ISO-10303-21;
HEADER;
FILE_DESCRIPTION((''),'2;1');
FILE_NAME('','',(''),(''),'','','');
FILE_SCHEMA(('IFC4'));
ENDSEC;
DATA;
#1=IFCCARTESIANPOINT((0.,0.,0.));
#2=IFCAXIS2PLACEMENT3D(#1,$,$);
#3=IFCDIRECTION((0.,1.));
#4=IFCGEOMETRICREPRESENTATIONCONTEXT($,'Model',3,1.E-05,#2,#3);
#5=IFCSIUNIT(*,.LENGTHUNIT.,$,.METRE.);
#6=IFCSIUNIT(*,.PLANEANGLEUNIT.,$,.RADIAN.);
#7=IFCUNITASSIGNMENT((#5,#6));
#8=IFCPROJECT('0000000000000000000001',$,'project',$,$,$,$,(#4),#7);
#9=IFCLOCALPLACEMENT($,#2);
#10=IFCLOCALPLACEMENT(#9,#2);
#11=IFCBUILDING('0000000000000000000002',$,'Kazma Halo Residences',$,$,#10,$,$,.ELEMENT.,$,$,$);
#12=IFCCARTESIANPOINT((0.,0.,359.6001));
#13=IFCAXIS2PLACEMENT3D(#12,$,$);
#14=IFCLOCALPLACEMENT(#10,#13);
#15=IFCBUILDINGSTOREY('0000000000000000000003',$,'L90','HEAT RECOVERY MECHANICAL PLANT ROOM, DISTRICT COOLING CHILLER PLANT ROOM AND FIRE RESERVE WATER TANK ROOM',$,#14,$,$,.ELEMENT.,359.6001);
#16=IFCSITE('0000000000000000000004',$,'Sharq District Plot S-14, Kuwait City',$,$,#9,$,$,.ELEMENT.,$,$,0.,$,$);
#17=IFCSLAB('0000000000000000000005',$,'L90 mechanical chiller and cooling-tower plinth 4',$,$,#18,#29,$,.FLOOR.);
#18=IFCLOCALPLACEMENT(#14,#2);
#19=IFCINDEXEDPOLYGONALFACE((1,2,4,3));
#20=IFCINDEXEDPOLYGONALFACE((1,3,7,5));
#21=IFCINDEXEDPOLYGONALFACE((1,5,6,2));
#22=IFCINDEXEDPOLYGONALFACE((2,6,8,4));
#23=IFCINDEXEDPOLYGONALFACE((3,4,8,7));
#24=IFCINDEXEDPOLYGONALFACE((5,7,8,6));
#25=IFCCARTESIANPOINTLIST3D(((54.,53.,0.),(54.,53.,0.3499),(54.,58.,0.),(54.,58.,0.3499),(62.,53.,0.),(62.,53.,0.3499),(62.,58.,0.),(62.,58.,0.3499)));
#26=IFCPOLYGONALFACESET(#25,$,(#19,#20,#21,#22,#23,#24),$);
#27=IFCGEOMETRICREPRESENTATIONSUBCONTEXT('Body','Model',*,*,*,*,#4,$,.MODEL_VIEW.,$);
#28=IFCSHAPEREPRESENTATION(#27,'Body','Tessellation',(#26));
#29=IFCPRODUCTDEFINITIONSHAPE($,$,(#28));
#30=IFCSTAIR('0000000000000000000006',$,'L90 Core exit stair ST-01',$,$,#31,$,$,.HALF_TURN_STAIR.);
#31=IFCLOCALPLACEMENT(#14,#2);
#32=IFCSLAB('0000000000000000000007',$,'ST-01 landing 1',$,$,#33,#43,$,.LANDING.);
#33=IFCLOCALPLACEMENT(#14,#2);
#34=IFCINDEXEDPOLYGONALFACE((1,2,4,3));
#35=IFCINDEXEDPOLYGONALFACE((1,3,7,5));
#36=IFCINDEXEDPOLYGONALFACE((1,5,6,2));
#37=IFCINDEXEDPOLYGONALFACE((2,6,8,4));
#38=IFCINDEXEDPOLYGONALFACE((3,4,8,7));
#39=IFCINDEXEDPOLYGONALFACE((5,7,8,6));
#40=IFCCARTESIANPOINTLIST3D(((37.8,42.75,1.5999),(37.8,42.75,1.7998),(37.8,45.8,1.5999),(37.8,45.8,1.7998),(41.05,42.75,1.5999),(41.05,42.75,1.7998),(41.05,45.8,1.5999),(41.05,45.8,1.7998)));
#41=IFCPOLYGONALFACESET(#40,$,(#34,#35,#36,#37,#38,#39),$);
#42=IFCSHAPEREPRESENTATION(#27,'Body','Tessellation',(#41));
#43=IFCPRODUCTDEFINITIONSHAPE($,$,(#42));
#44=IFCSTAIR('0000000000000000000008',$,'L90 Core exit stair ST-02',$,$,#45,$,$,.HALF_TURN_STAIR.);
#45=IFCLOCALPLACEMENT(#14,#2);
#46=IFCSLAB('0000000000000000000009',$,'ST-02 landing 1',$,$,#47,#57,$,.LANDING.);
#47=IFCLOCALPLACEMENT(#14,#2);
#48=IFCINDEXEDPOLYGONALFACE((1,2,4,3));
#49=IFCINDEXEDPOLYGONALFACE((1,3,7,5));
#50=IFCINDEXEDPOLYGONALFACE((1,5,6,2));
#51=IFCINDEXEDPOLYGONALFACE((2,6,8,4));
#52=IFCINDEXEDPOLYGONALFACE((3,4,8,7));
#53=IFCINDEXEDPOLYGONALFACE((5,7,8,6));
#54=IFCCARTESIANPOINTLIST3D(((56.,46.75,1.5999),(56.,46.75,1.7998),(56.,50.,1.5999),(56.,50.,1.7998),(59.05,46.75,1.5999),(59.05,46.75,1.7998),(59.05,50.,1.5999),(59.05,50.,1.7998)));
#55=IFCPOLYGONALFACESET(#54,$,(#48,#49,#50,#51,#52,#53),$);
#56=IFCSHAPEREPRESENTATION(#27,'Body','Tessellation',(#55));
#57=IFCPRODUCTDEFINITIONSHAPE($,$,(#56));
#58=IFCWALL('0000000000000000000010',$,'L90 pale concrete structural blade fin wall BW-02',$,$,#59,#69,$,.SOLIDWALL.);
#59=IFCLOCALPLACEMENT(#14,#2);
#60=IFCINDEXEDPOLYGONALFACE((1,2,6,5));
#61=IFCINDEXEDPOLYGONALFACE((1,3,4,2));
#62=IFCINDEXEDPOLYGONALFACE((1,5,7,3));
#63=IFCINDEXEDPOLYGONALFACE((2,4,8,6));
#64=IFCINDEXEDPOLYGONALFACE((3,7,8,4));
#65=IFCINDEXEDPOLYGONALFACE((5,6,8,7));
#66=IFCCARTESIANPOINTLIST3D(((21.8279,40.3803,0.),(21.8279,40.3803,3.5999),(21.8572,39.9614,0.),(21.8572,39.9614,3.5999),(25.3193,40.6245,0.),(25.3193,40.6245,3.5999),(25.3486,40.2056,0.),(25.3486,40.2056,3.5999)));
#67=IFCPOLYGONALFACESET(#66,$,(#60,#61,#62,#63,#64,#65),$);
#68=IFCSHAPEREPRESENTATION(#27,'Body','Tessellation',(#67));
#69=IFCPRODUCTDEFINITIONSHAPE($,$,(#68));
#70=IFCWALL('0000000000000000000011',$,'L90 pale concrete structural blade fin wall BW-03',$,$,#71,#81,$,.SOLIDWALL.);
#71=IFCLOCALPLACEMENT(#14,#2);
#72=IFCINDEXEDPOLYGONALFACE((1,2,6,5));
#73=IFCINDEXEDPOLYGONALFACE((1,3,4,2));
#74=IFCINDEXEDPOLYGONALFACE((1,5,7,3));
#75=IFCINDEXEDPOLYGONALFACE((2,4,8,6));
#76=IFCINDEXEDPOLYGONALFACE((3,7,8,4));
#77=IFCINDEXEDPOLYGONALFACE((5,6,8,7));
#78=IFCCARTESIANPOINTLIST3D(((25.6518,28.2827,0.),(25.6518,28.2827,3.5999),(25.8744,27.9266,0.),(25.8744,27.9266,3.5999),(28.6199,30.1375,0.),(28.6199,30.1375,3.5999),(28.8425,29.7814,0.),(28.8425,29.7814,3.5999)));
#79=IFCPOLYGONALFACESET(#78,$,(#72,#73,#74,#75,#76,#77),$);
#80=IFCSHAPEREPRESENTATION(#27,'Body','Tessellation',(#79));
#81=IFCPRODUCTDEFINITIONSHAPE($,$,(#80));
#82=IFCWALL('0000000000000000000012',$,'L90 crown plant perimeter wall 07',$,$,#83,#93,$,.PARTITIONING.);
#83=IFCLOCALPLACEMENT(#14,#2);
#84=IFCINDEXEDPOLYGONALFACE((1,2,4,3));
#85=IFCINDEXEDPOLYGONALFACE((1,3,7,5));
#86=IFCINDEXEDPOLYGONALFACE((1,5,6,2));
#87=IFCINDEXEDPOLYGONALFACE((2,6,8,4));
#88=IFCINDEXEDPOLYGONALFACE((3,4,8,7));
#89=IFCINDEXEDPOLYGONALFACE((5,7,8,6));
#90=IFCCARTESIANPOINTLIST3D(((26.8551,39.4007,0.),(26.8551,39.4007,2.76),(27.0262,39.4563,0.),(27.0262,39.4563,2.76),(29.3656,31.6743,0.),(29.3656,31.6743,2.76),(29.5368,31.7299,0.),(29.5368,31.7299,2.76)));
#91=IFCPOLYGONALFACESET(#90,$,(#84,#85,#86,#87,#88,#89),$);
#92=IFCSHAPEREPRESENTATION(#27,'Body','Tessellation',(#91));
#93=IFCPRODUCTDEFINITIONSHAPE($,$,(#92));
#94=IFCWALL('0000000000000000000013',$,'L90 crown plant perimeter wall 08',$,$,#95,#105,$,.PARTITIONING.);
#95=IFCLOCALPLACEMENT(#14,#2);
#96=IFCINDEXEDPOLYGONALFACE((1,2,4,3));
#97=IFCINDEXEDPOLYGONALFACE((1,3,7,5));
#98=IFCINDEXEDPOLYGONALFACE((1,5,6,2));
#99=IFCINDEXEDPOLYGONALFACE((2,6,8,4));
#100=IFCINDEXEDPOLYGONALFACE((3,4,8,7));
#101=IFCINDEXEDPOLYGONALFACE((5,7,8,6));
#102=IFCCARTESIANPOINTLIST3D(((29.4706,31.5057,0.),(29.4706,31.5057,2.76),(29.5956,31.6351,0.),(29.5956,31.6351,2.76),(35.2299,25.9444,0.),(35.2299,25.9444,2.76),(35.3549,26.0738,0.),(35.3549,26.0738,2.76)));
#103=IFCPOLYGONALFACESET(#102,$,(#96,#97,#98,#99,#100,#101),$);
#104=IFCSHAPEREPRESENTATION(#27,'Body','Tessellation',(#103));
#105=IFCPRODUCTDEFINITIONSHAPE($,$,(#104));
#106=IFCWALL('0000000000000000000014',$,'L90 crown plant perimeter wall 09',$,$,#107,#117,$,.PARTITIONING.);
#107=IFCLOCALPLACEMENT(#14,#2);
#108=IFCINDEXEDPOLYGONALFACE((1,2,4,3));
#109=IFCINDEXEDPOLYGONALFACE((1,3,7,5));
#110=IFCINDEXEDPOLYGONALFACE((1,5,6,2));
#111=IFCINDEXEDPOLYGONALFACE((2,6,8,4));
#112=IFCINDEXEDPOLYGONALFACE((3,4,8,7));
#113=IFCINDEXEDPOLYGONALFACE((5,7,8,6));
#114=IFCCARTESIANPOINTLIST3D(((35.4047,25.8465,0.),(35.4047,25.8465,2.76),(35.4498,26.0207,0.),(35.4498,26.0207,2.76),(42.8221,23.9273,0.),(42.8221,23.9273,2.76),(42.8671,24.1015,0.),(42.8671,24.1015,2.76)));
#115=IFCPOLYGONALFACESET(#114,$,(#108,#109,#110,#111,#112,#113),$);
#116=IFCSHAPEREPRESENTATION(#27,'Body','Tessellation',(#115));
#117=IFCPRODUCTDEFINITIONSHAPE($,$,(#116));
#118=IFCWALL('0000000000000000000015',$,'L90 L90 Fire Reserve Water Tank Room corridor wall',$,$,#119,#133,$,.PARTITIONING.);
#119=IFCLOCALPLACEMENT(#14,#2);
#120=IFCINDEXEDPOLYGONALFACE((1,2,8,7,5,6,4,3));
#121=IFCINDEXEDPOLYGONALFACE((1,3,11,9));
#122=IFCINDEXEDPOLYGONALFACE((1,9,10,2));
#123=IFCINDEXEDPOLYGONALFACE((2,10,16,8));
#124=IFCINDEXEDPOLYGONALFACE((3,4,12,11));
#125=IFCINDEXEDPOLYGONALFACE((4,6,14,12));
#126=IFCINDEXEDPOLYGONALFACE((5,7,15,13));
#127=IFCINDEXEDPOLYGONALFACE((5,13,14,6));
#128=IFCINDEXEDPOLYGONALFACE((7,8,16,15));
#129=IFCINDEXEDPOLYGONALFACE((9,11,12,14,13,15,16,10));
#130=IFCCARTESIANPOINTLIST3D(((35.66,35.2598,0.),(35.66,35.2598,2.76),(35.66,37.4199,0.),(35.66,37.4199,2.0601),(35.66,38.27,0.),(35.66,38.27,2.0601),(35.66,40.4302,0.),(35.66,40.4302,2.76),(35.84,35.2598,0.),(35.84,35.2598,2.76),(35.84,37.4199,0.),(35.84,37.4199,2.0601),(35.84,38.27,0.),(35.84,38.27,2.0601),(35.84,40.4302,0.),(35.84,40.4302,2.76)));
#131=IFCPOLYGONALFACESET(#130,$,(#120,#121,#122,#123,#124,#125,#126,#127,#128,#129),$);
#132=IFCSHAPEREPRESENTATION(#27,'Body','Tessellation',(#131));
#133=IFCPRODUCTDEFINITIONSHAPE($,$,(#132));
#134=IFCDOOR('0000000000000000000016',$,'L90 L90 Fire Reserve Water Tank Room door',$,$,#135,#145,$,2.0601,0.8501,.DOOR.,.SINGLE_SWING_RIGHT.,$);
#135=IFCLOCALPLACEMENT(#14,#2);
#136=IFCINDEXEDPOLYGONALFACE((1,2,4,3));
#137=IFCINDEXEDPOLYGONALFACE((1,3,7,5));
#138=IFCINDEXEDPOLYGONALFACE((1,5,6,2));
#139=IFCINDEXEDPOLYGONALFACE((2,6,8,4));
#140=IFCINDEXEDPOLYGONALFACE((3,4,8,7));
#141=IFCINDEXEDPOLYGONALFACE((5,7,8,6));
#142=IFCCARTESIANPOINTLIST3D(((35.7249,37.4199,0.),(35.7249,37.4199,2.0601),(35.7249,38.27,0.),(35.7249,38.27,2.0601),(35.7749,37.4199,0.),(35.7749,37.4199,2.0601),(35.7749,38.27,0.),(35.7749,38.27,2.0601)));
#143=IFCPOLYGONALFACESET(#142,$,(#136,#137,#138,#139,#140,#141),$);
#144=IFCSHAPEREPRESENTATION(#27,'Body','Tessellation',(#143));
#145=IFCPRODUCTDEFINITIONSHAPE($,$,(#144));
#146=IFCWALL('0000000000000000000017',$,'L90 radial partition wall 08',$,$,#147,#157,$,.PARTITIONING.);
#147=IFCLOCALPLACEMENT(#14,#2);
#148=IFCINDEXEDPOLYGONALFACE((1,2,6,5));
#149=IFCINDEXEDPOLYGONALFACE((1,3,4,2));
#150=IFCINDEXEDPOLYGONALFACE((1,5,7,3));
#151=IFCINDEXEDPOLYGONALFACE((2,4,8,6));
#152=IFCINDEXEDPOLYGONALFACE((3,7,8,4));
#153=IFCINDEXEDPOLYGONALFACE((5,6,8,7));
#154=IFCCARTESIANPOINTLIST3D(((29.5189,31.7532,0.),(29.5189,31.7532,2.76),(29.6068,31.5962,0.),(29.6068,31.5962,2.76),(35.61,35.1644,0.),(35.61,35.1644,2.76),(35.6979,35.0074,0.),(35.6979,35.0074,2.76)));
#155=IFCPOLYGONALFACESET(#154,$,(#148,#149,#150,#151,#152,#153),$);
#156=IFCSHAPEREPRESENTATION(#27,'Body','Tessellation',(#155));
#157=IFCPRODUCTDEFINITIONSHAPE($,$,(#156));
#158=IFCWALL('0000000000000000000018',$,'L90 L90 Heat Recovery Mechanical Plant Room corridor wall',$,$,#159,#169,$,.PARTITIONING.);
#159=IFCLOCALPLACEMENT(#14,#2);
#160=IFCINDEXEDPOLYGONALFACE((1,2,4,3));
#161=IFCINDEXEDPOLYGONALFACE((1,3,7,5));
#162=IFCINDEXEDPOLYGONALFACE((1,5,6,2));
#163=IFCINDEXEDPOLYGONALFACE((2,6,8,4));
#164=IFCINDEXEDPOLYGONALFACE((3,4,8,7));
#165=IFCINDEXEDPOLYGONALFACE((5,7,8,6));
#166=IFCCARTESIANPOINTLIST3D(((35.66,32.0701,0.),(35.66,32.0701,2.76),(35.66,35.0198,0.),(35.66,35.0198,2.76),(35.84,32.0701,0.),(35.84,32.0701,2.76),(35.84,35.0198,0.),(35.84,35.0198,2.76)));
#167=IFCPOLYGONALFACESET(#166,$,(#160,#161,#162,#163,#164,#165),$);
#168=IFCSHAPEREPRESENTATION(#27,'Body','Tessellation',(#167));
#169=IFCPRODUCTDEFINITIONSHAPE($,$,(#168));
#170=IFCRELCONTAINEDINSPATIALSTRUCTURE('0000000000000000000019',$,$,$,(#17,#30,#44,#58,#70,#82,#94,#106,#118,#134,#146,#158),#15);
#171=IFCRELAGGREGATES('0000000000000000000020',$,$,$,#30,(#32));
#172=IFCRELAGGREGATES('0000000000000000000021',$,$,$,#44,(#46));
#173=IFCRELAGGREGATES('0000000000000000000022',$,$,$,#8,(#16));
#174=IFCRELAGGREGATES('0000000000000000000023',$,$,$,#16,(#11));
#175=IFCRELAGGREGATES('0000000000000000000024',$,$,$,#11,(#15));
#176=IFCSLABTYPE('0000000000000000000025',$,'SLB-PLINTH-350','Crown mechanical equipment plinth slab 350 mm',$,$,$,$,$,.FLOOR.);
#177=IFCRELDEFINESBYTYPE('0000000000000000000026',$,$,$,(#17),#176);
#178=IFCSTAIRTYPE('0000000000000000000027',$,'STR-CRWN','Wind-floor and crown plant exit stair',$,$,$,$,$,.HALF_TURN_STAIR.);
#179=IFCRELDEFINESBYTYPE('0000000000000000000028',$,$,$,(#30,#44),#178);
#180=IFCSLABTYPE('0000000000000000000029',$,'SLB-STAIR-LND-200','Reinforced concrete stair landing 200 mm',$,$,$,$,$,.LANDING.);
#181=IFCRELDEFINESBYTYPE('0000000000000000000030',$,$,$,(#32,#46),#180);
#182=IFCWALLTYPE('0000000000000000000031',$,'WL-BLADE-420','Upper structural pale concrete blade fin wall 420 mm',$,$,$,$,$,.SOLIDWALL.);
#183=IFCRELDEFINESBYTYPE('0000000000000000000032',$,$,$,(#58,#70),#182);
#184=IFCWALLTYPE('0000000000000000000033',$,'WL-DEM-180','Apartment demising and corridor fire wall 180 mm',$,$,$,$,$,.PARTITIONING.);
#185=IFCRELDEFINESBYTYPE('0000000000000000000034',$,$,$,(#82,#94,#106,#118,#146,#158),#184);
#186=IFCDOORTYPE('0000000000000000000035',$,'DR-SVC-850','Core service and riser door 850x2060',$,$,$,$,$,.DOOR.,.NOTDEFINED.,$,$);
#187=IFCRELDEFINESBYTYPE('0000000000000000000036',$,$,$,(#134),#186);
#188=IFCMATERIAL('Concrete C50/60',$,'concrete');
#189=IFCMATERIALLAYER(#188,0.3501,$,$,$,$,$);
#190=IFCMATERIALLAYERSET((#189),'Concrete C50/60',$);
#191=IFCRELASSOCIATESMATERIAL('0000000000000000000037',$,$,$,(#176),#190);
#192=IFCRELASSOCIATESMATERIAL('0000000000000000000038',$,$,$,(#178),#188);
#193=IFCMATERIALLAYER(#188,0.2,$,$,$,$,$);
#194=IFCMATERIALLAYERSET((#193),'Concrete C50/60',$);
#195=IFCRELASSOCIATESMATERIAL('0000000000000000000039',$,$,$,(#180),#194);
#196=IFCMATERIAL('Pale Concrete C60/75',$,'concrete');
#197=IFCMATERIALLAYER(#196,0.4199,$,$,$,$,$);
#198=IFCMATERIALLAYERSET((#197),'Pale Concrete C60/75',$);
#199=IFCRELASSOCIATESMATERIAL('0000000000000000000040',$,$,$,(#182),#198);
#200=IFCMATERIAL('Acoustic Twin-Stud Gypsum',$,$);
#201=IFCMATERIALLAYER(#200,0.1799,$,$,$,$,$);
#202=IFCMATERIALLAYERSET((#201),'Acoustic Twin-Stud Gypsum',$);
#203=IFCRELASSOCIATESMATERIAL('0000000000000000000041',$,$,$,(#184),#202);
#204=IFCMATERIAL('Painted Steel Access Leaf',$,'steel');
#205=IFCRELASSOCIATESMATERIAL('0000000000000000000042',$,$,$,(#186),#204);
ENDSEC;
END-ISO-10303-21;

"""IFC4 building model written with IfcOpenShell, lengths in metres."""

from ifc_helpers import new_model, si_unit, direction, frame, frame_2d, origin, place, context, subcontext, project, spatial, polyline, rectangle, outline, extrude, material, layer, layer_set, type_object, element, fill, aggregate, save


model = new_model("IFC4")

# Units and contexts
model_context = context("Model", 3, precision=1e-05, world=origin(), true_north=direction((0.0, 1.0)))
body_context = subcontext(model_context, "Body", "Model", "MODEL_VIEW")
ifc_project = project(units=[si_unit("LENGTHUNIT", "METRE"), si_unit("PLANEANGLEUNIT", "RADIAN")], contexts=[model_context])

# Site, building, storey
site_placement = place(None, origin())
site = spatial("IfcSite", under=ifc_project, at=site_placement, Name="Sharq District Plot S-14, Kuwait City", CompositionType="ELEMENT", RefElevation=0.0)
building_placement = place(site_placement, origin())
building = spatial("IfcBuilding", under=site, at=building_placement, Name="Kazma Halo Residences", CompositionType="ELEMENT")
storey_placement = place(building_placement, frame((0.0, 0.0, 359.6001)))
storey = spatial("IfcBuildingStorey", under=building, at=storey_placement, Name="L90", Description="HEAT RECOVERY MECHANICAL PLANT ROOM, DISTRICT COOLING CHILLER PLANT ROOM AND FIRE RESERVE WATER TANK ROOM", CompositionType="ELEMENT", Elevation=359.6001)

# Slab
ifc_material_1 = material(Name="Concrete C50/60", Category="concrete")
ifc_layer_1 = layer(ifc_material_1, 0.3501)
ifc_layer_set_1 = layer_set([ifc_layer_1], Name="Concrete C50/60")
slab_type_1 = type_object("IfcSlabType", Name="SLB-PLINTH-350", Description="Crown mechanical equipment plinth slab 350 mm", PredefinedType="FLOOR", material=ifc_layer_set_1)
slab_1_placement = place(storey_placement, origin())
element("IfcSlab", 1, at=slab_1_placement, inside=storey, type_object=slab_type_1, Name="L90 mechanical chiller and cooling-tower plinth 4", PredefinedType="FLOOR", context=body_context, shape_type="SweptSolid", body=[
    extrude(outline(polyline([(54.0, 53.0), (62.0, 53.0), (62.0, 58.0), (54.0, 58.0), (54.0, 53.0)])), origin(), (0.0, 0.0, 1.0), 0.3499),
])

# Stairs, slabs
stair_type = type_object("IfcStairType", Name="STR-CRWN", Description="Wind-floor and crown plant exit stair", PredefinedType="HALF_TURN_STAIR", material=ifc_material_1)
stair_1_placement = place(storey_placement, origin())
stair_1 = element("IfcStair", 2, at=stair_1_placement, inside=storey, type_object=stair_type, Name="L90 Core exit stair ST-01", PredefinedType="HALF_TURN_STAIR")
ifc_layer_2 = layer(ifc_material_1, 0.2)
ifc_layer_set_2 = layer_set([ifc_layer_2], Name="Concrete C50/60")
slab_type_2 = type_object("IfcSlabType", Name="SLB-STAIR-LND-200", Description="Reinforced concrete stair landing 200 mm", PredefinedType="LANDING", material=ifc_layer_set_2)
slab_2_placement = place(storey_placement, frame((0.0, 0.0, 1.5999)))
slab_2 = element("IfcSlab", 3, at=slab_2_placement, type_object=slab_type_2, Name="ST-01 landing 1", PredefinedType="LANDING", context=body_context, shape_type="SweptSolid", body=[
    extrude(outline(polyline([(41.05, 42.75), (41.05, 45.8), (37.8, 45.8), (37.8, 42.75), (41.05, 42.75)])), origin(), (0.0, 0.0, 1.0), 0.2),
])
aggregate(stair_1, [slab_2])
stair_2_placement = place(storey_placement, origin())
stair_2 = element("IfcStair", 4, at=stair_2_placement, inside=storey, type_object=stair_type, Name="L90 Core exit stair ST-02", PredefinedType="HALF_TURN_STAIR")
slab_3_placement = place(storey_placement, frame((0.0, 0.0, 1.5999)))
slab_3 = element("IfcSlab", 5, at=slab_3_placement, type_object=slab_type_2, Name="ST-02 landing 1", PredefinedType="LANDING", context=body_context, shape_type="SweptSolid", body=[
    extrude(outline(polyline([(56.0, 46.75), (59.05, 46.75), (59.05, 50.0), (56.0, 50.0), (56.0, 46.75)])), origin(), (0.0, 0.0, 1.0), 0.2),
])
aggregate(stair_2, [slab_3])

# Walls
ifc_material_2 = material(Name="Pale Concrete C60/75", Category="concrete")
ifc_layer_3 = layer(ifc_material_2, 0.4199)
ifc_layer_set_3 = layer_set([ifc_layer_3], Name="Pale Concrete C60/75")
wall_type_1 = type_object("IfcWallType", Name="WL-BLADE-420", Description="Upper structural pale concrete blade fin wall 420 mm", PredefinedType="SOLIDWALL", material=ifc_layer_set_3)
for number, where, z_axis, x_axis, name in (
    (6, (25.334, 40.415, 0.0), (0.0, 0.0, 1.0), (-0.997564, -0.069755, 0.0), "L90 pale concrete structural blade fin wall BW-02"),
    (7, (28.7312, 29.9595, 0.0), (0.0, 0.0, 1.0), (-0.848034, -0.529943, 0.0), "L90 pale concrete structural blade fin wall BW-03"),
):
    element("IfcWall", number, at=place(storey_placement, frame(where, z_axis=z_axis, x_axis=x_axis)), inside=storey, type_object=wall_type_1, Name=name, PredefinedType="SOLIDWALL", context=body_context, shape_type="SweptSolid", body=[
        extrude(rectangle(XDim=3.5, YDim=0.4199, at=frame_2d((1.75, 0.0))), origin(), (0.0, 0.0, 1.0), 3.5999),
    ])
ifc_material_3 = material(Name="Acoustic Twin-Stud Gypsum")
ifc_layer_4 = layer(ifc_material_3, 0.1799)
ifc_layer_set_4 = layer_set([ifc_layer_4], Name="Acoustic Twin-Stud Gypsum")
wall_type_2 = type_object("IfcWallType", Name="WL-DEM-180", Description="Apartment demising and corridor fire wall 180 mm", PredefinedType="PARTITIONING", material=ifc_layer_set_4)
wall_1_placement = place(storey_placement, frame((26.9407, 39.4285, 0.0), z_axis=(0.0, 0.0, 1.0), x_axis=(0.309024, -0.951054, 0.0)))
element("IfcWall", 8, at=wall_1_placement, inside=storey, type_object=wall_type_2, Name="L90 crown plant perimeter wall 07", PredefinedType="PARTITIONING", context=body_context, shape_type="SweptSolid", body=[
    extrude(rectangle(XDim=8.124, YDim=0.1799, at=frame_2d((4.062, 0.0))), origin(), (0.0, 0.0, 1.0), 2.76),
])
wall_2_placement = place(storey_placement, frame((29.5332, 31.5703, 0.0), z_axis=(0.0, 0.0, 1.0), x_axis=(0.719364, -0.694633, 0.0)))
element("IfcWall", 9, at=wall_2_placement, inside=storey, type_object=wall_type_2, Name="L90 crown plant perimeter wall 08", PredefinedType="PARTITIONING", context=body_context, shape_type="SweptSolid", body=[
    extrude(rectangle(XDim=8.0061, YDim=0.1799, at=frame_2d((4.0029, 0.0))), origin(), (0.0, 0.0, 1.0), 2.76),
])
wall_3_placement = place(storey_placement, frame((35.4272, 25.9336, 0.0), z_axis=(0.0, 0.0, 1.0), x_axis=(0.968117, -0.250498, 0.0)))
element("IfcWall", 10, at=wall_3_placement, inside=storey, type_object=wall_type_2, Name="L90 crown plant perimeter wall 09", PredefinedType="PARTITIONING", context=body_context, shape_type="SweptSolid", body=[
    extrude(rectangle(XDim=7.6616, YDim=0.1799, at=frame_2d((3.8308, 0.0))), origin(), (0.0, 0.0, 1.0), 2.76),
])

# Wall, opening, door
wall_4_placement = place(storey_placement, frame((35.75, 40.4302, 0.0), z_axis=(0.0, 0.0, 1.0), x_axis=(0.0, -1.0, 0.0)))
wall_4 = element("IfcWall", 11, at=wall_4_placement, inside=storey, type_object=wall_type_2, Name="L90 L90 Fire Reserve Water Tank Room corridor wall", PredefinedType="PARTITIONING", context=body_context, shape_type="SweptSolid", body=[
    extrude(rectangle(XDim=5.1704, YDim=0.1799, at=frame_2d((2.5852, 0.0))), origin(), (0.0, 0.0, 1.0), 2.76),
])
opening_placement = place(wall_4_placement, frame((2.1602, 0.0, 0.0)))
opening = element("IfcOpeningElement", 12, at=opening_placement, cuts=wall_4, PredefinedType="OPENING", context=body_context, shape_type="SweptSolid", body=[
    extrude(rectangle(XDim=0.8501, YDim=2.0601, at=frame_2d((0.425, 1.03))), frame((0.0, 0.0999, 0.0), z_axis=(0.0, -1.0, 0.0), x_axis=(1.0, 0.0, 0.0)), (0.0, 0.0, 1.0), 0.2),
])
ifc_material_4 = material(Name="Painted Steel Access Leaf", Category="steel")
door_type = type_object("IfcDoorType", Name="DR-SVC-850", Description="Core service and riser door 850x2060", OperationType="NOTDEFINED", PredefinedType="DOOR", material=ifc_material_4)
door_placement = place(opening_placement, origin())
door = element("IfcDoor", 13, at=door_placement, inside=storey, type_object=door_type, Name="L90 L90 Fire Reserve Water Tank Room door", OperationType="SINGLE_SWING_RIGHT", OverallHeight=2.0601, OverallWidth=0.8501, PredefinedType="DOOR", context=body_context, shape_type="SweptSolid", body=[
    extrude(rectangle(XDim=0.8501, YDim=2.0601, at=frame_2d((0.425, 1.03))), frame((0.0, 0.0249, 0.0), z_axis=(0.0, -1.0, 0.0), x_axis=(1.0, 0.0, 0.0)), (0.0, 0.0, 1.0), 0.05),
])
fill(opening, door)

# Walls
wall_5_placement = place(storey_placement, frame((35.6541, 35.0859, 0.0), z_axis=(0.0, 0.0, 1.0), x_axis=(-0.872498, -0.488618, 0.0)))
element("IfcWall", 14, at=wall_5_placement, inside=storey, type_object=wall_type_2, Name="L90 radial partition wall 08", PredefinedType="PARTITIONING", context=body_context, shape_type="SweptSolid", body=[
    extrude(rectangle(XDim=6.9812, YDim=0.1799, at=frame_2d((3.4907, 0.0))), origin(), (0.0, 0.0, 1.0), 2.76),
])
wall_6_placement = place(storey_placement, frame((35.75, 35.0198, 0.0), z_axis=(0.0, 0.0, 1.0), x_axis=(0.0, -1.0, 0.0)))
element("IfcWall", 15, at=wall_6_placement, inside=storey, type_object=wall_type_2, Name="L90 L90 Heat Recovery Mechanical Plant Room corridor wall", PredefinedType="PARTITIONING", context=body_context, shape_type="SweptSolid", body=[
    extrude(rectangle(XDim=2.9497, YDim=0.1799, at=frame_2d((1.4749, 0.0))), origin(), (0.0, 0.0, 1.0), 2.76),
])

save(model, "model.ifc")
